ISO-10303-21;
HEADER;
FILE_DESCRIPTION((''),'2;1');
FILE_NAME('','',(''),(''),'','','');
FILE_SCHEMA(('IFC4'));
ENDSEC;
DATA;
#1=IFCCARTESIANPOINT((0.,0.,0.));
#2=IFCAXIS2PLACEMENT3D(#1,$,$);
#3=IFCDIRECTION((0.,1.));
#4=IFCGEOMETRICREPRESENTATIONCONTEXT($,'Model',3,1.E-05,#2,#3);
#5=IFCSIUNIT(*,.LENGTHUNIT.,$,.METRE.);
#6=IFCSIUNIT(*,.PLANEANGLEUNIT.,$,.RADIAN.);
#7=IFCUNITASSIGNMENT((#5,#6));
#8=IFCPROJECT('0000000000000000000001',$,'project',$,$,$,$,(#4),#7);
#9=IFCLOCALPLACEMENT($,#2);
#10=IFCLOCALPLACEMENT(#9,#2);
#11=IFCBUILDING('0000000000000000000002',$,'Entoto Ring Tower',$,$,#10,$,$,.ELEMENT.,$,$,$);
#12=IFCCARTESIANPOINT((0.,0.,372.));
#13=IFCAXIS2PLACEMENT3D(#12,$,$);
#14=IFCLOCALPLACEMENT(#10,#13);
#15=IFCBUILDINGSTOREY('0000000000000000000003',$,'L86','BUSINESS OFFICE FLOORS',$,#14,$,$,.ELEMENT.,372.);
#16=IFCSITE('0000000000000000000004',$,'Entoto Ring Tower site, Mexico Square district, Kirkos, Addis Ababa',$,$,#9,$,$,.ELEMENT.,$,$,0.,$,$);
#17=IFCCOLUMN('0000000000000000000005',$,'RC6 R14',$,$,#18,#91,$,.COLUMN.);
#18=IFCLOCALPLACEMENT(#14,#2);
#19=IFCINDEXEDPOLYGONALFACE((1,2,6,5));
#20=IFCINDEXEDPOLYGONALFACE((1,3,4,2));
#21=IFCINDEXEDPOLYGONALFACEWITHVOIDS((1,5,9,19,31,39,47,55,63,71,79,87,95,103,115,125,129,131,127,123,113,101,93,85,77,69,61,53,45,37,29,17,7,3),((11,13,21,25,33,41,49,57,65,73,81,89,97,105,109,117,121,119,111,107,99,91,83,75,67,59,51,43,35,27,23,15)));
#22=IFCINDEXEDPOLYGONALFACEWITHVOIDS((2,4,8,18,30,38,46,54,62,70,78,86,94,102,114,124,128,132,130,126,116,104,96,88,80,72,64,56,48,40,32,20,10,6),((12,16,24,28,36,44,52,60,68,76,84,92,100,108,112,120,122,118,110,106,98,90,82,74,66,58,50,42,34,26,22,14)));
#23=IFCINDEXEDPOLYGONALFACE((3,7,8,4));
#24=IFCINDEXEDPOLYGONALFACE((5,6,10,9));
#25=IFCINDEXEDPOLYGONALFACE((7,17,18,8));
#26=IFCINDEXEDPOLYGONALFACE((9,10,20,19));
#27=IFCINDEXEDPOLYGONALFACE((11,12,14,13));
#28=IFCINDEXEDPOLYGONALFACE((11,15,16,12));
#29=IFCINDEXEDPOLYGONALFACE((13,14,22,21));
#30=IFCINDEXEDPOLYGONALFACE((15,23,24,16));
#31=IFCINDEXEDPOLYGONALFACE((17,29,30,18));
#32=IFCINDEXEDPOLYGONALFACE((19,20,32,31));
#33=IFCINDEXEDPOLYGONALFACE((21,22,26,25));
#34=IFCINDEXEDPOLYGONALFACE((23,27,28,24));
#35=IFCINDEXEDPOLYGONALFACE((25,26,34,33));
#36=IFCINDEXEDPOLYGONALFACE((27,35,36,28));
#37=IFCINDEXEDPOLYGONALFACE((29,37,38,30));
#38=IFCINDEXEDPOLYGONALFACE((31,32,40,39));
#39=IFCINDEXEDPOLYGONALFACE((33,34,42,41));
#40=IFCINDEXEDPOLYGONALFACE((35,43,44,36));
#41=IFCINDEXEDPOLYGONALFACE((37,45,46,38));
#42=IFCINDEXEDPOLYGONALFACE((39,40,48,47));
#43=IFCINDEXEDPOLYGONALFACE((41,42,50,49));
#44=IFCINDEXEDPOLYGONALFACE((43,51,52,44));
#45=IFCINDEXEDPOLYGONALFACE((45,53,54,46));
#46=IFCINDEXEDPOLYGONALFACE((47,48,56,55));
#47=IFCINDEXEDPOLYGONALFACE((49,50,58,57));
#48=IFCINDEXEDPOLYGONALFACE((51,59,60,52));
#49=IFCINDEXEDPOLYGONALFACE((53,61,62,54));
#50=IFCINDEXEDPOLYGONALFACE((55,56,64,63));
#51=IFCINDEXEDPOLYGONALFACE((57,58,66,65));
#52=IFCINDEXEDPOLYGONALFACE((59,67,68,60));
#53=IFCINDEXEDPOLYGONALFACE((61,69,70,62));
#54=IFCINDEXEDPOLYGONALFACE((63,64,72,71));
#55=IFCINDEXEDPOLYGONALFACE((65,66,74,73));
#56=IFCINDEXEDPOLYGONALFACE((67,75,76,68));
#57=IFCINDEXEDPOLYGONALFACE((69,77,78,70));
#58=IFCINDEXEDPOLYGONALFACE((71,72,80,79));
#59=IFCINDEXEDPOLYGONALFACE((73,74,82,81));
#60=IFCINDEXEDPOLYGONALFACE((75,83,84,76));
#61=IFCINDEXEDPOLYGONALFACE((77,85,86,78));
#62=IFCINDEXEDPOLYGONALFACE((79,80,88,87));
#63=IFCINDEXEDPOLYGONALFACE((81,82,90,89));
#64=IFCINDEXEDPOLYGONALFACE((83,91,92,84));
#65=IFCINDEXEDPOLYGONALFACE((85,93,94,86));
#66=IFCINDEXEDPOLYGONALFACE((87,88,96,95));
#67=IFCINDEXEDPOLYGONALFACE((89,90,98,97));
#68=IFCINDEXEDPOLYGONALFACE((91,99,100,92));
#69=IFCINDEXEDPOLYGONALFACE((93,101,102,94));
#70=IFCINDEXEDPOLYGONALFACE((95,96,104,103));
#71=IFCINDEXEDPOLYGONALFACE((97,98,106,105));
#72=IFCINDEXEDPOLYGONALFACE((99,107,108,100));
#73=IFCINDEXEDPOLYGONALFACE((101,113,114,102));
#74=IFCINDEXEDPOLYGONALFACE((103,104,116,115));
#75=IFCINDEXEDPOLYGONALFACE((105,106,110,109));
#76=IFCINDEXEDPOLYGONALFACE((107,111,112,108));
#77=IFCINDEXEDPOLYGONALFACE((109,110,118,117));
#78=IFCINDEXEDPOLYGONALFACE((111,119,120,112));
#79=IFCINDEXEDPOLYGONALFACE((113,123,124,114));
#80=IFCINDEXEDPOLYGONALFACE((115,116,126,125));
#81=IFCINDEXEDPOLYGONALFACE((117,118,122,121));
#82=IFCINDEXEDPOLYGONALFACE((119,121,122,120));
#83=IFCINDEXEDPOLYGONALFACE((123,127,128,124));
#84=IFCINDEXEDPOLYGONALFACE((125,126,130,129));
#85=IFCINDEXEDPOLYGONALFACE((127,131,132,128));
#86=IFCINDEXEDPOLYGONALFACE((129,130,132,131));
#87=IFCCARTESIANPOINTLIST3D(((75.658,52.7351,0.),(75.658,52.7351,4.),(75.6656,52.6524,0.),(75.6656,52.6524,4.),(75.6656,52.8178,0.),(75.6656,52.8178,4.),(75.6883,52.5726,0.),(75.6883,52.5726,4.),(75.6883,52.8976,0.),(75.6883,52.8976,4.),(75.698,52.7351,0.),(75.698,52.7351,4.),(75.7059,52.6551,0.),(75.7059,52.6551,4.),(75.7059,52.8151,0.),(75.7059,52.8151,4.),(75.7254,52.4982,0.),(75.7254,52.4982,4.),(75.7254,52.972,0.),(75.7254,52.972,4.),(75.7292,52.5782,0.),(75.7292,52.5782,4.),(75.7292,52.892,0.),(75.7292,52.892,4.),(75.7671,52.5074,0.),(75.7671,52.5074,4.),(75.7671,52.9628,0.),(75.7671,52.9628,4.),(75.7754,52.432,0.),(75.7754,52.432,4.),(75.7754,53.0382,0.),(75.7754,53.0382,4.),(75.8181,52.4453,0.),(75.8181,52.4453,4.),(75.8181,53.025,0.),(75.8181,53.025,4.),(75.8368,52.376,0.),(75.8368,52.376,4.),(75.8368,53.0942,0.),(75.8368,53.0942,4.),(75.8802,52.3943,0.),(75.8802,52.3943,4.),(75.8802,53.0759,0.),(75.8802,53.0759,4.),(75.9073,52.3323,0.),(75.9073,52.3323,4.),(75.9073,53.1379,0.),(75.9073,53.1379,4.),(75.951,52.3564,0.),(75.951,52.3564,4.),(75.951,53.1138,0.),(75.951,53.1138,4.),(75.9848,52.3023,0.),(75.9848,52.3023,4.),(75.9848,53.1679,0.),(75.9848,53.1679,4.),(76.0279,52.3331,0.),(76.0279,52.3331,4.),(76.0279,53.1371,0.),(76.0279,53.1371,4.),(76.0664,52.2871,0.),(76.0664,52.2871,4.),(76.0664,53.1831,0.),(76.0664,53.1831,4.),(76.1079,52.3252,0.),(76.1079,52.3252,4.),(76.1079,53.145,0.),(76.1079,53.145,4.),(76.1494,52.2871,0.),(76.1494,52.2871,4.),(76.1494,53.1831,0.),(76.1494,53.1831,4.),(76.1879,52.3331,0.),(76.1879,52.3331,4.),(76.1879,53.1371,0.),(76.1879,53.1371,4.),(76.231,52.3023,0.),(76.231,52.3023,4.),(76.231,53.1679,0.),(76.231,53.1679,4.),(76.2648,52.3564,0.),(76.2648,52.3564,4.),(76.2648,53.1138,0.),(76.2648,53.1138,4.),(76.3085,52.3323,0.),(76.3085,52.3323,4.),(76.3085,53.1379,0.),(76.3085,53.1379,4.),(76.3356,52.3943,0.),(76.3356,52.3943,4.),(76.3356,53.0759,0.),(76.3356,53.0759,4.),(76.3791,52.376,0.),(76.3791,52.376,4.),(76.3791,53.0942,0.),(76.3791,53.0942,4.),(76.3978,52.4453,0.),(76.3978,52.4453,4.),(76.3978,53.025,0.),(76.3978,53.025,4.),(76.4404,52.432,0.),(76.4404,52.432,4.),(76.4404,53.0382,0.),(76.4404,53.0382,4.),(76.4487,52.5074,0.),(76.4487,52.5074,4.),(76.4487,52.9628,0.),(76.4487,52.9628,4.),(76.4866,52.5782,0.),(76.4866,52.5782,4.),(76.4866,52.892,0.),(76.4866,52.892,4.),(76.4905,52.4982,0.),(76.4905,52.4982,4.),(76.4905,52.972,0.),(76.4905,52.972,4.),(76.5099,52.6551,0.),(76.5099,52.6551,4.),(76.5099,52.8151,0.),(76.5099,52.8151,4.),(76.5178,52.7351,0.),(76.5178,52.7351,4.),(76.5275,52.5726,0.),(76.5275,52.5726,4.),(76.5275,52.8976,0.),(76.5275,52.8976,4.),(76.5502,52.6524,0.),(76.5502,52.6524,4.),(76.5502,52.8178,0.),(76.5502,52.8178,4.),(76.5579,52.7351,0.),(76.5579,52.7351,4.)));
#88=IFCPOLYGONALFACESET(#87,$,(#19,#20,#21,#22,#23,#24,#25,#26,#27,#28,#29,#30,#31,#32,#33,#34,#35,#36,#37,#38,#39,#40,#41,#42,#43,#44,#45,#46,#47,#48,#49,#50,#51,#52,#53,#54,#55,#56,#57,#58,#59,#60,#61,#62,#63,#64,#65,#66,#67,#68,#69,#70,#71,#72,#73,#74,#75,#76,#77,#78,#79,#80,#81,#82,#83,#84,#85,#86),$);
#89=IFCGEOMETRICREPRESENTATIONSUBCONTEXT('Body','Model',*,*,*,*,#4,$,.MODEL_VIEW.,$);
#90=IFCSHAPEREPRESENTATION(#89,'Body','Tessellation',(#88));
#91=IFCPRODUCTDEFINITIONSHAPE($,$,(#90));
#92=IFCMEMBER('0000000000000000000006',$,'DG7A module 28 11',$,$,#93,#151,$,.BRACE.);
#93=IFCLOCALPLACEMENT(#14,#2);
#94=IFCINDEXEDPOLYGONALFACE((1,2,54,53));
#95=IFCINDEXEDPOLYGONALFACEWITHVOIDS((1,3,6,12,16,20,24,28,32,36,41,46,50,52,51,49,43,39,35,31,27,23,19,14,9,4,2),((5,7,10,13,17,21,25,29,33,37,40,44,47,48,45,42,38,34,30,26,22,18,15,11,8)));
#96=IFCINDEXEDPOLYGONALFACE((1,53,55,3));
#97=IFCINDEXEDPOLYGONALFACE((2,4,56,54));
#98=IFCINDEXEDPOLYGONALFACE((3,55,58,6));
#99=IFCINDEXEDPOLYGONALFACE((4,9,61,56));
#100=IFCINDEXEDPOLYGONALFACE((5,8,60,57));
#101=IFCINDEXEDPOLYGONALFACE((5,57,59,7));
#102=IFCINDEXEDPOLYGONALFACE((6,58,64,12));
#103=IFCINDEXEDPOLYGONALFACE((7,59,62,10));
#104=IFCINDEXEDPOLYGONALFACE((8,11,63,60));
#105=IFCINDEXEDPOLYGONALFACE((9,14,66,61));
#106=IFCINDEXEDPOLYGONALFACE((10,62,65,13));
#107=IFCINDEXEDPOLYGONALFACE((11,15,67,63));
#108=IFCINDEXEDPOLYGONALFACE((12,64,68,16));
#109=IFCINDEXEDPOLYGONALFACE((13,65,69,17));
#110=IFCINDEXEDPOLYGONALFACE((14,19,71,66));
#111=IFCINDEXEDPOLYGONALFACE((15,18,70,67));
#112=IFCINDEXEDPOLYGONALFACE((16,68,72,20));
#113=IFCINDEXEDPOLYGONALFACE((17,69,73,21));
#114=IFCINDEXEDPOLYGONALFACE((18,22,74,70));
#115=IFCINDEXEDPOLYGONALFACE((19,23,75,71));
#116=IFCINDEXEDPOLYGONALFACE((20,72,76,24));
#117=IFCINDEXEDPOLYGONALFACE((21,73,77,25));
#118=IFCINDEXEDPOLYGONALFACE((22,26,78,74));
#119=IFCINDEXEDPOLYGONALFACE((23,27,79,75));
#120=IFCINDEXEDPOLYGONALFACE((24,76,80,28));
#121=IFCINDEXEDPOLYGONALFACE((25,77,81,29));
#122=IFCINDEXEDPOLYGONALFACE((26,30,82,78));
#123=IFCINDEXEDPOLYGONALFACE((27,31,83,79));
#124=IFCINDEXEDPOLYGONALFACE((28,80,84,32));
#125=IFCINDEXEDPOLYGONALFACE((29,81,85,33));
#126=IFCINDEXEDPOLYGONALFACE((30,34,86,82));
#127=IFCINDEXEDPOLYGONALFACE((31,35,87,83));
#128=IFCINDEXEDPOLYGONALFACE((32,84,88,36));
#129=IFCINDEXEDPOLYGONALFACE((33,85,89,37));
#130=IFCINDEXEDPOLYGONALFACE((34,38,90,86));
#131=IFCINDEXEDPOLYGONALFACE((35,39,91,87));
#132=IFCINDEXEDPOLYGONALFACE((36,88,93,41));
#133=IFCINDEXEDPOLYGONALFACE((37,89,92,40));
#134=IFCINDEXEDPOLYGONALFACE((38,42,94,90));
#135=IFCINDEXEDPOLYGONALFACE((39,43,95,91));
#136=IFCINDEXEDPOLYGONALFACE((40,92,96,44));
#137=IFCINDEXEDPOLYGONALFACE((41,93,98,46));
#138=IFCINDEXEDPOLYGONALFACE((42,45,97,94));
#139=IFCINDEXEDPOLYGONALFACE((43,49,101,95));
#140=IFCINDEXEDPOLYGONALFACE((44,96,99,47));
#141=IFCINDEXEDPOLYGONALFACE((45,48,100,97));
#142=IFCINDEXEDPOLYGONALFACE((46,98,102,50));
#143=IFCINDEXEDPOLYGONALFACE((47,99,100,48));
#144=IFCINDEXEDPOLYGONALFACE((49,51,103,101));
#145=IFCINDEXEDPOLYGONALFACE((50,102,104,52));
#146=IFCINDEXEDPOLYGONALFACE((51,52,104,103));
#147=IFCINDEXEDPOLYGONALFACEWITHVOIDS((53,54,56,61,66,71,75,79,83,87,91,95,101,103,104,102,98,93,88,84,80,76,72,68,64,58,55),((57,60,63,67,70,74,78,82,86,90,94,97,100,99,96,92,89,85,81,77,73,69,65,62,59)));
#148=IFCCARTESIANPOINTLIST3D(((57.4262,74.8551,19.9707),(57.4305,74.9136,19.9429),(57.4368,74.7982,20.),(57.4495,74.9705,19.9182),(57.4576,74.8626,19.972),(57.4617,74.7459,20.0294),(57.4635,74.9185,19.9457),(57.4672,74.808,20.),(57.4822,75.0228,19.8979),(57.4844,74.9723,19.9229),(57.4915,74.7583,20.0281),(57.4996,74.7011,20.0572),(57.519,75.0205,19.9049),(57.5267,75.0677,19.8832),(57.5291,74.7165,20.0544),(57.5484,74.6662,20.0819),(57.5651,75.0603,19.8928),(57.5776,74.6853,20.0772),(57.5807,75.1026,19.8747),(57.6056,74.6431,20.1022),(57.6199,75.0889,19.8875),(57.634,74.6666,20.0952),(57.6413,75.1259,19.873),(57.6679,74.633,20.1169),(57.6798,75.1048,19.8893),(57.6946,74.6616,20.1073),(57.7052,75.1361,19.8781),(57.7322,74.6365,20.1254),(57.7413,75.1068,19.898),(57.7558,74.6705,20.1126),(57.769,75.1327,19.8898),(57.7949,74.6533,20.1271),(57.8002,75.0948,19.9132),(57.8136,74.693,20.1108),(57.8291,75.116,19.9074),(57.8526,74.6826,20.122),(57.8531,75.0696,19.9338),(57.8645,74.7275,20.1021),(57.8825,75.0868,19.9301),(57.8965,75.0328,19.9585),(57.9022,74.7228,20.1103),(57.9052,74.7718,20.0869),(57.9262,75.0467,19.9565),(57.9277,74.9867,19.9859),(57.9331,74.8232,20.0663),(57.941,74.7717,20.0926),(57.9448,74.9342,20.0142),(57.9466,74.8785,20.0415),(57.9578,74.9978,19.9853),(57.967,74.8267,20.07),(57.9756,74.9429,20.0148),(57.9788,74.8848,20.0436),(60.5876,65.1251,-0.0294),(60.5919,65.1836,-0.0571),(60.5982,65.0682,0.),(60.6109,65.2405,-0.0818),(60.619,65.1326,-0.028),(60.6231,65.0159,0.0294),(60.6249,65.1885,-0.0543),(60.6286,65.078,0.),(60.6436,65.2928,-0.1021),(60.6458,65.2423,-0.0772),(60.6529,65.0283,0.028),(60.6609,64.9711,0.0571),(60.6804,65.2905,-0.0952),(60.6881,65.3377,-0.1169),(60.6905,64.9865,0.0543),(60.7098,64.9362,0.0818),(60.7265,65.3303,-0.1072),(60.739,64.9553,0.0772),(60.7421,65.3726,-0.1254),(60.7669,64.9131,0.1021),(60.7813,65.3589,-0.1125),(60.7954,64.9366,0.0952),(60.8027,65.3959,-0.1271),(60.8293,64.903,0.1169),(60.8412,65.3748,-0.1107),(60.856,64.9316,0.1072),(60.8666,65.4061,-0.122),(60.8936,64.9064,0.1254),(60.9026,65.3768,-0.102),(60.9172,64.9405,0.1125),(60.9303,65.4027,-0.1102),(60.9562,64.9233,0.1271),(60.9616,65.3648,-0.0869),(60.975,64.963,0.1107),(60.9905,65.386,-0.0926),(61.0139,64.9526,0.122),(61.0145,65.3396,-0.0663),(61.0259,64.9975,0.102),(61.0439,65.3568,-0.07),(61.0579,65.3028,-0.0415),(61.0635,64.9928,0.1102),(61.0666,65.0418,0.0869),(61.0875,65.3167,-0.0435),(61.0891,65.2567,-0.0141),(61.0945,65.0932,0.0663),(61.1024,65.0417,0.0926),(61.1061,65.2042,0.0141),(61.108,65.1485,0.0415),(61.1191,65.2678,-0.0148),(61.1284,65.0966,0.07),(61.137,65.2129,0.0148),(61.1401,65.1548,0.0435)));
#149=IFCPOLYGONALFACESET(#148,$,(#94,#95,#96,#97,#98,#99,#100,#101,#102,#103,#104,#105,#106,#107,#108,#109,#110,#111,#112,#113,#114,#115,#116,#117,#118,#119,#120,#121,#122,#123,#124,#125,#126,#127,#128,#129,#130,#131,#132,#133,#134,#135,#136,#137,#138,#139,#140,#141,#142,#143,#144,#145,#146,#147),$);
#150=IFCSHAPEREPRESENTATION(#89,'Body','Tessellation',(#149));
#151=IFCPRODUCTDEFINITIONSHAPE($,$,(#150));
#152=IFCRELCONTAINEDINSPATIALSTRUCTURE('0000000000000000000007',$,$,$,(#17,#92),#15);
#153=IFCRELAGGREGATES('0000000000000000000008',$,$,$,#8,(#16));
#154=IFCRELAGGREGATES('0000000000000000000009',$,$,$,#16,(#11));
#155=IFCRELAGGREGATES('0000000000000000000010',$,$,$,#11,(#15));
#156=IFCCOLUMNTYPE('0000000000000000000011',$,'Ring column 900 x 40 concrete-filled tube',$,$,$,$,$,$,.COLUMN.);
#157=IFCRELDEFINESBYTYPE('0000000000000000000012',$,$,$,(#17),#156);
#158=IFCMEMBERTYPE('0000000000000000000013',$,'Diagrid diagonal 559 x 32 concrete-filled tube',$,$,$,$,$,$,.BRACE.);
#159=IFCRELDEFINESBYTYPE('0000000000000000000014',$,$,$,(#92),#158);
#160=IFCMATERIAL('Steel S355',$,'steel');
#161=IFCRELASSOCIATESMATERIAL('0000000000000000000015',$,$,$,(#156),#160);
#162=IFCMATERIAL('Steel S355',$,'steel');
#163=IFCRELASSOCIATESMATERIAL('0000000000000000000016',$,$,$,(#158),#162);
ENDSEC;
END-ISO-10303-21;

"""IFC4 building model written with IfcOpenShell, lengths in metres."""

from ifc_helpers import new_model, si_unit, direction, frame, origin, origin_2d, place, context, subcontext, project, spatial, circle, hollow_circle, extrude, material, material_profile, profile_set, type_object, element, save


model = new_model("IFC4")

# Units and contexts
model_context = context("Model", 3, precision=1e-05, world=origin(), true_north=direction((0.0, 1.0)))
body_context = subcontext(model_context, "Body", "Model", "MODEL_VIEW")
ifc_project = project(units=[si_unit("LENGTHUNIT", "METRE"), si_unit("PLANEANGLEUNIT", "RADIAN")], contexts=[model_context])

# Site, building, storey
site_placement = place(None, origin())
site = spatial("IfcSite", under=ifc_project, at=site_placement, Name="Entoto Ring Tower site, Mexico Square district, Kirkos, Addis Ababa", CompositionType="ELEMENT", RefElevation=0.0)
building_placement = place(site_placement, origin())
building = spatial("IfcBuilding", under=site, at=building_placement, Name="Entoto Ring Tower", CompositionType="ELEMENT")
storey_placement = place(building_placement, frame((0.0, 0.0, 372.0)))
storey = spatial("IfcBuildingStorey", under=building, at=storey_placement, Name="L86", Description="BUSINESS OFFICE FLOORS", CompositionType="ELEMENT", Elevation=372.0)

# Column
ifc_material_1 = material(Name="Steel S355", Category="steel")
ifc_material_profile_1 = material_profile(ifc_material_1, hollow_circle(Radius=0.45, WallThickness=0.04, at=origin_2d()), Name="CHS 900 x 40")
ifc_material_2 = material(Name="Concrete C60/75", Category="concrete")
ifc_material_profile_2 = material_profile(ifc_material_2, circle(Radius=0.4099, at=origin_2d()), Name="Concrete C60/75 infill")
ifc_profile_set_1 = profile_set([ifc_material_profile_1, ifc_material_profile_2], Name="Steel S355")
column_type = type_object("IfcColumnType", Name="Ring column 900 x 40 concrete-filled tube", PredefinedType="COLUMN", material=ifc_profile_set_1)
for number, where, z_axis, x_axis, name in (
    (1, (76.1079, 52.7351, 0.0), (0.0, 0.0, 1.0), (1.0, 0.0, 0.0), "RC6 R14"),
):
    element("IfcColumn", number, at=place(storey_placement, frame(where, z_axis=z_axis, x_axis=x_axis)), inside=storey, type_object=column_type, Name=name, PredefinedType="COLUMN", context=body_context, shape_type="SweptSolid", body=[
        extrude(hollow_circle(Radius=0.45, WallThickness=0.04, at=origin_2d()), origin(), (0.0, 0.0, 1.0), 4.0),
    ])

# Member
ifc_material_3 = material(Name="Steel S355", Category="steel")
ifc_material_profile_3 = material_profile(ifc_material_3, hollow_circle(Radius=0.2795, WallThickness=0.032, at=origin_2d()), Name="CHS 559 x 32")
ifc_material_4 = material(Name="Concrete C60/75", Category="concrete")
ifc_material_profile_4 = material_profile(ifc_material_4, circle(Radius=0.2476, at=origin_2d()), Name="Concrete C60/75 infill")
ifc_profile_set_2 = profile_set([ifc_material_profile_3, ifc_material_profile_4], Name="Steel S355")
member_type_1 = type_object("IfcMemberType", Name="Diagrid diagonal 559 x 32 concrete-filled tube", PredefinedType="BRACE", material=ifc_profile_set_2)
for number, where, z_axis, x_axis, name in (
    (2, (60.864, 65.1545, 0.0), (-0.140726, 0.433121, 0.890282), (-0.951059, -0.309009, 0.0), "DG7A module 28 11"),
):
    element("IfcMember", number, at=place(storey_placement, frame(where, z_axis=z_axis, x_axis=x_axis)), inside=storey, type_object=member_type_1, Name=name, PredefinedType="BRACE", context=body_context, shape_type="SweptSolid", body=[
        extrude(hollow_circle(Radius=0.2795, WallThickness=0.032, at=origin_2d()), origin(), (0.0, 0.0, 1.0), 22.4648),
    ])

save(model, "model.ifc")
